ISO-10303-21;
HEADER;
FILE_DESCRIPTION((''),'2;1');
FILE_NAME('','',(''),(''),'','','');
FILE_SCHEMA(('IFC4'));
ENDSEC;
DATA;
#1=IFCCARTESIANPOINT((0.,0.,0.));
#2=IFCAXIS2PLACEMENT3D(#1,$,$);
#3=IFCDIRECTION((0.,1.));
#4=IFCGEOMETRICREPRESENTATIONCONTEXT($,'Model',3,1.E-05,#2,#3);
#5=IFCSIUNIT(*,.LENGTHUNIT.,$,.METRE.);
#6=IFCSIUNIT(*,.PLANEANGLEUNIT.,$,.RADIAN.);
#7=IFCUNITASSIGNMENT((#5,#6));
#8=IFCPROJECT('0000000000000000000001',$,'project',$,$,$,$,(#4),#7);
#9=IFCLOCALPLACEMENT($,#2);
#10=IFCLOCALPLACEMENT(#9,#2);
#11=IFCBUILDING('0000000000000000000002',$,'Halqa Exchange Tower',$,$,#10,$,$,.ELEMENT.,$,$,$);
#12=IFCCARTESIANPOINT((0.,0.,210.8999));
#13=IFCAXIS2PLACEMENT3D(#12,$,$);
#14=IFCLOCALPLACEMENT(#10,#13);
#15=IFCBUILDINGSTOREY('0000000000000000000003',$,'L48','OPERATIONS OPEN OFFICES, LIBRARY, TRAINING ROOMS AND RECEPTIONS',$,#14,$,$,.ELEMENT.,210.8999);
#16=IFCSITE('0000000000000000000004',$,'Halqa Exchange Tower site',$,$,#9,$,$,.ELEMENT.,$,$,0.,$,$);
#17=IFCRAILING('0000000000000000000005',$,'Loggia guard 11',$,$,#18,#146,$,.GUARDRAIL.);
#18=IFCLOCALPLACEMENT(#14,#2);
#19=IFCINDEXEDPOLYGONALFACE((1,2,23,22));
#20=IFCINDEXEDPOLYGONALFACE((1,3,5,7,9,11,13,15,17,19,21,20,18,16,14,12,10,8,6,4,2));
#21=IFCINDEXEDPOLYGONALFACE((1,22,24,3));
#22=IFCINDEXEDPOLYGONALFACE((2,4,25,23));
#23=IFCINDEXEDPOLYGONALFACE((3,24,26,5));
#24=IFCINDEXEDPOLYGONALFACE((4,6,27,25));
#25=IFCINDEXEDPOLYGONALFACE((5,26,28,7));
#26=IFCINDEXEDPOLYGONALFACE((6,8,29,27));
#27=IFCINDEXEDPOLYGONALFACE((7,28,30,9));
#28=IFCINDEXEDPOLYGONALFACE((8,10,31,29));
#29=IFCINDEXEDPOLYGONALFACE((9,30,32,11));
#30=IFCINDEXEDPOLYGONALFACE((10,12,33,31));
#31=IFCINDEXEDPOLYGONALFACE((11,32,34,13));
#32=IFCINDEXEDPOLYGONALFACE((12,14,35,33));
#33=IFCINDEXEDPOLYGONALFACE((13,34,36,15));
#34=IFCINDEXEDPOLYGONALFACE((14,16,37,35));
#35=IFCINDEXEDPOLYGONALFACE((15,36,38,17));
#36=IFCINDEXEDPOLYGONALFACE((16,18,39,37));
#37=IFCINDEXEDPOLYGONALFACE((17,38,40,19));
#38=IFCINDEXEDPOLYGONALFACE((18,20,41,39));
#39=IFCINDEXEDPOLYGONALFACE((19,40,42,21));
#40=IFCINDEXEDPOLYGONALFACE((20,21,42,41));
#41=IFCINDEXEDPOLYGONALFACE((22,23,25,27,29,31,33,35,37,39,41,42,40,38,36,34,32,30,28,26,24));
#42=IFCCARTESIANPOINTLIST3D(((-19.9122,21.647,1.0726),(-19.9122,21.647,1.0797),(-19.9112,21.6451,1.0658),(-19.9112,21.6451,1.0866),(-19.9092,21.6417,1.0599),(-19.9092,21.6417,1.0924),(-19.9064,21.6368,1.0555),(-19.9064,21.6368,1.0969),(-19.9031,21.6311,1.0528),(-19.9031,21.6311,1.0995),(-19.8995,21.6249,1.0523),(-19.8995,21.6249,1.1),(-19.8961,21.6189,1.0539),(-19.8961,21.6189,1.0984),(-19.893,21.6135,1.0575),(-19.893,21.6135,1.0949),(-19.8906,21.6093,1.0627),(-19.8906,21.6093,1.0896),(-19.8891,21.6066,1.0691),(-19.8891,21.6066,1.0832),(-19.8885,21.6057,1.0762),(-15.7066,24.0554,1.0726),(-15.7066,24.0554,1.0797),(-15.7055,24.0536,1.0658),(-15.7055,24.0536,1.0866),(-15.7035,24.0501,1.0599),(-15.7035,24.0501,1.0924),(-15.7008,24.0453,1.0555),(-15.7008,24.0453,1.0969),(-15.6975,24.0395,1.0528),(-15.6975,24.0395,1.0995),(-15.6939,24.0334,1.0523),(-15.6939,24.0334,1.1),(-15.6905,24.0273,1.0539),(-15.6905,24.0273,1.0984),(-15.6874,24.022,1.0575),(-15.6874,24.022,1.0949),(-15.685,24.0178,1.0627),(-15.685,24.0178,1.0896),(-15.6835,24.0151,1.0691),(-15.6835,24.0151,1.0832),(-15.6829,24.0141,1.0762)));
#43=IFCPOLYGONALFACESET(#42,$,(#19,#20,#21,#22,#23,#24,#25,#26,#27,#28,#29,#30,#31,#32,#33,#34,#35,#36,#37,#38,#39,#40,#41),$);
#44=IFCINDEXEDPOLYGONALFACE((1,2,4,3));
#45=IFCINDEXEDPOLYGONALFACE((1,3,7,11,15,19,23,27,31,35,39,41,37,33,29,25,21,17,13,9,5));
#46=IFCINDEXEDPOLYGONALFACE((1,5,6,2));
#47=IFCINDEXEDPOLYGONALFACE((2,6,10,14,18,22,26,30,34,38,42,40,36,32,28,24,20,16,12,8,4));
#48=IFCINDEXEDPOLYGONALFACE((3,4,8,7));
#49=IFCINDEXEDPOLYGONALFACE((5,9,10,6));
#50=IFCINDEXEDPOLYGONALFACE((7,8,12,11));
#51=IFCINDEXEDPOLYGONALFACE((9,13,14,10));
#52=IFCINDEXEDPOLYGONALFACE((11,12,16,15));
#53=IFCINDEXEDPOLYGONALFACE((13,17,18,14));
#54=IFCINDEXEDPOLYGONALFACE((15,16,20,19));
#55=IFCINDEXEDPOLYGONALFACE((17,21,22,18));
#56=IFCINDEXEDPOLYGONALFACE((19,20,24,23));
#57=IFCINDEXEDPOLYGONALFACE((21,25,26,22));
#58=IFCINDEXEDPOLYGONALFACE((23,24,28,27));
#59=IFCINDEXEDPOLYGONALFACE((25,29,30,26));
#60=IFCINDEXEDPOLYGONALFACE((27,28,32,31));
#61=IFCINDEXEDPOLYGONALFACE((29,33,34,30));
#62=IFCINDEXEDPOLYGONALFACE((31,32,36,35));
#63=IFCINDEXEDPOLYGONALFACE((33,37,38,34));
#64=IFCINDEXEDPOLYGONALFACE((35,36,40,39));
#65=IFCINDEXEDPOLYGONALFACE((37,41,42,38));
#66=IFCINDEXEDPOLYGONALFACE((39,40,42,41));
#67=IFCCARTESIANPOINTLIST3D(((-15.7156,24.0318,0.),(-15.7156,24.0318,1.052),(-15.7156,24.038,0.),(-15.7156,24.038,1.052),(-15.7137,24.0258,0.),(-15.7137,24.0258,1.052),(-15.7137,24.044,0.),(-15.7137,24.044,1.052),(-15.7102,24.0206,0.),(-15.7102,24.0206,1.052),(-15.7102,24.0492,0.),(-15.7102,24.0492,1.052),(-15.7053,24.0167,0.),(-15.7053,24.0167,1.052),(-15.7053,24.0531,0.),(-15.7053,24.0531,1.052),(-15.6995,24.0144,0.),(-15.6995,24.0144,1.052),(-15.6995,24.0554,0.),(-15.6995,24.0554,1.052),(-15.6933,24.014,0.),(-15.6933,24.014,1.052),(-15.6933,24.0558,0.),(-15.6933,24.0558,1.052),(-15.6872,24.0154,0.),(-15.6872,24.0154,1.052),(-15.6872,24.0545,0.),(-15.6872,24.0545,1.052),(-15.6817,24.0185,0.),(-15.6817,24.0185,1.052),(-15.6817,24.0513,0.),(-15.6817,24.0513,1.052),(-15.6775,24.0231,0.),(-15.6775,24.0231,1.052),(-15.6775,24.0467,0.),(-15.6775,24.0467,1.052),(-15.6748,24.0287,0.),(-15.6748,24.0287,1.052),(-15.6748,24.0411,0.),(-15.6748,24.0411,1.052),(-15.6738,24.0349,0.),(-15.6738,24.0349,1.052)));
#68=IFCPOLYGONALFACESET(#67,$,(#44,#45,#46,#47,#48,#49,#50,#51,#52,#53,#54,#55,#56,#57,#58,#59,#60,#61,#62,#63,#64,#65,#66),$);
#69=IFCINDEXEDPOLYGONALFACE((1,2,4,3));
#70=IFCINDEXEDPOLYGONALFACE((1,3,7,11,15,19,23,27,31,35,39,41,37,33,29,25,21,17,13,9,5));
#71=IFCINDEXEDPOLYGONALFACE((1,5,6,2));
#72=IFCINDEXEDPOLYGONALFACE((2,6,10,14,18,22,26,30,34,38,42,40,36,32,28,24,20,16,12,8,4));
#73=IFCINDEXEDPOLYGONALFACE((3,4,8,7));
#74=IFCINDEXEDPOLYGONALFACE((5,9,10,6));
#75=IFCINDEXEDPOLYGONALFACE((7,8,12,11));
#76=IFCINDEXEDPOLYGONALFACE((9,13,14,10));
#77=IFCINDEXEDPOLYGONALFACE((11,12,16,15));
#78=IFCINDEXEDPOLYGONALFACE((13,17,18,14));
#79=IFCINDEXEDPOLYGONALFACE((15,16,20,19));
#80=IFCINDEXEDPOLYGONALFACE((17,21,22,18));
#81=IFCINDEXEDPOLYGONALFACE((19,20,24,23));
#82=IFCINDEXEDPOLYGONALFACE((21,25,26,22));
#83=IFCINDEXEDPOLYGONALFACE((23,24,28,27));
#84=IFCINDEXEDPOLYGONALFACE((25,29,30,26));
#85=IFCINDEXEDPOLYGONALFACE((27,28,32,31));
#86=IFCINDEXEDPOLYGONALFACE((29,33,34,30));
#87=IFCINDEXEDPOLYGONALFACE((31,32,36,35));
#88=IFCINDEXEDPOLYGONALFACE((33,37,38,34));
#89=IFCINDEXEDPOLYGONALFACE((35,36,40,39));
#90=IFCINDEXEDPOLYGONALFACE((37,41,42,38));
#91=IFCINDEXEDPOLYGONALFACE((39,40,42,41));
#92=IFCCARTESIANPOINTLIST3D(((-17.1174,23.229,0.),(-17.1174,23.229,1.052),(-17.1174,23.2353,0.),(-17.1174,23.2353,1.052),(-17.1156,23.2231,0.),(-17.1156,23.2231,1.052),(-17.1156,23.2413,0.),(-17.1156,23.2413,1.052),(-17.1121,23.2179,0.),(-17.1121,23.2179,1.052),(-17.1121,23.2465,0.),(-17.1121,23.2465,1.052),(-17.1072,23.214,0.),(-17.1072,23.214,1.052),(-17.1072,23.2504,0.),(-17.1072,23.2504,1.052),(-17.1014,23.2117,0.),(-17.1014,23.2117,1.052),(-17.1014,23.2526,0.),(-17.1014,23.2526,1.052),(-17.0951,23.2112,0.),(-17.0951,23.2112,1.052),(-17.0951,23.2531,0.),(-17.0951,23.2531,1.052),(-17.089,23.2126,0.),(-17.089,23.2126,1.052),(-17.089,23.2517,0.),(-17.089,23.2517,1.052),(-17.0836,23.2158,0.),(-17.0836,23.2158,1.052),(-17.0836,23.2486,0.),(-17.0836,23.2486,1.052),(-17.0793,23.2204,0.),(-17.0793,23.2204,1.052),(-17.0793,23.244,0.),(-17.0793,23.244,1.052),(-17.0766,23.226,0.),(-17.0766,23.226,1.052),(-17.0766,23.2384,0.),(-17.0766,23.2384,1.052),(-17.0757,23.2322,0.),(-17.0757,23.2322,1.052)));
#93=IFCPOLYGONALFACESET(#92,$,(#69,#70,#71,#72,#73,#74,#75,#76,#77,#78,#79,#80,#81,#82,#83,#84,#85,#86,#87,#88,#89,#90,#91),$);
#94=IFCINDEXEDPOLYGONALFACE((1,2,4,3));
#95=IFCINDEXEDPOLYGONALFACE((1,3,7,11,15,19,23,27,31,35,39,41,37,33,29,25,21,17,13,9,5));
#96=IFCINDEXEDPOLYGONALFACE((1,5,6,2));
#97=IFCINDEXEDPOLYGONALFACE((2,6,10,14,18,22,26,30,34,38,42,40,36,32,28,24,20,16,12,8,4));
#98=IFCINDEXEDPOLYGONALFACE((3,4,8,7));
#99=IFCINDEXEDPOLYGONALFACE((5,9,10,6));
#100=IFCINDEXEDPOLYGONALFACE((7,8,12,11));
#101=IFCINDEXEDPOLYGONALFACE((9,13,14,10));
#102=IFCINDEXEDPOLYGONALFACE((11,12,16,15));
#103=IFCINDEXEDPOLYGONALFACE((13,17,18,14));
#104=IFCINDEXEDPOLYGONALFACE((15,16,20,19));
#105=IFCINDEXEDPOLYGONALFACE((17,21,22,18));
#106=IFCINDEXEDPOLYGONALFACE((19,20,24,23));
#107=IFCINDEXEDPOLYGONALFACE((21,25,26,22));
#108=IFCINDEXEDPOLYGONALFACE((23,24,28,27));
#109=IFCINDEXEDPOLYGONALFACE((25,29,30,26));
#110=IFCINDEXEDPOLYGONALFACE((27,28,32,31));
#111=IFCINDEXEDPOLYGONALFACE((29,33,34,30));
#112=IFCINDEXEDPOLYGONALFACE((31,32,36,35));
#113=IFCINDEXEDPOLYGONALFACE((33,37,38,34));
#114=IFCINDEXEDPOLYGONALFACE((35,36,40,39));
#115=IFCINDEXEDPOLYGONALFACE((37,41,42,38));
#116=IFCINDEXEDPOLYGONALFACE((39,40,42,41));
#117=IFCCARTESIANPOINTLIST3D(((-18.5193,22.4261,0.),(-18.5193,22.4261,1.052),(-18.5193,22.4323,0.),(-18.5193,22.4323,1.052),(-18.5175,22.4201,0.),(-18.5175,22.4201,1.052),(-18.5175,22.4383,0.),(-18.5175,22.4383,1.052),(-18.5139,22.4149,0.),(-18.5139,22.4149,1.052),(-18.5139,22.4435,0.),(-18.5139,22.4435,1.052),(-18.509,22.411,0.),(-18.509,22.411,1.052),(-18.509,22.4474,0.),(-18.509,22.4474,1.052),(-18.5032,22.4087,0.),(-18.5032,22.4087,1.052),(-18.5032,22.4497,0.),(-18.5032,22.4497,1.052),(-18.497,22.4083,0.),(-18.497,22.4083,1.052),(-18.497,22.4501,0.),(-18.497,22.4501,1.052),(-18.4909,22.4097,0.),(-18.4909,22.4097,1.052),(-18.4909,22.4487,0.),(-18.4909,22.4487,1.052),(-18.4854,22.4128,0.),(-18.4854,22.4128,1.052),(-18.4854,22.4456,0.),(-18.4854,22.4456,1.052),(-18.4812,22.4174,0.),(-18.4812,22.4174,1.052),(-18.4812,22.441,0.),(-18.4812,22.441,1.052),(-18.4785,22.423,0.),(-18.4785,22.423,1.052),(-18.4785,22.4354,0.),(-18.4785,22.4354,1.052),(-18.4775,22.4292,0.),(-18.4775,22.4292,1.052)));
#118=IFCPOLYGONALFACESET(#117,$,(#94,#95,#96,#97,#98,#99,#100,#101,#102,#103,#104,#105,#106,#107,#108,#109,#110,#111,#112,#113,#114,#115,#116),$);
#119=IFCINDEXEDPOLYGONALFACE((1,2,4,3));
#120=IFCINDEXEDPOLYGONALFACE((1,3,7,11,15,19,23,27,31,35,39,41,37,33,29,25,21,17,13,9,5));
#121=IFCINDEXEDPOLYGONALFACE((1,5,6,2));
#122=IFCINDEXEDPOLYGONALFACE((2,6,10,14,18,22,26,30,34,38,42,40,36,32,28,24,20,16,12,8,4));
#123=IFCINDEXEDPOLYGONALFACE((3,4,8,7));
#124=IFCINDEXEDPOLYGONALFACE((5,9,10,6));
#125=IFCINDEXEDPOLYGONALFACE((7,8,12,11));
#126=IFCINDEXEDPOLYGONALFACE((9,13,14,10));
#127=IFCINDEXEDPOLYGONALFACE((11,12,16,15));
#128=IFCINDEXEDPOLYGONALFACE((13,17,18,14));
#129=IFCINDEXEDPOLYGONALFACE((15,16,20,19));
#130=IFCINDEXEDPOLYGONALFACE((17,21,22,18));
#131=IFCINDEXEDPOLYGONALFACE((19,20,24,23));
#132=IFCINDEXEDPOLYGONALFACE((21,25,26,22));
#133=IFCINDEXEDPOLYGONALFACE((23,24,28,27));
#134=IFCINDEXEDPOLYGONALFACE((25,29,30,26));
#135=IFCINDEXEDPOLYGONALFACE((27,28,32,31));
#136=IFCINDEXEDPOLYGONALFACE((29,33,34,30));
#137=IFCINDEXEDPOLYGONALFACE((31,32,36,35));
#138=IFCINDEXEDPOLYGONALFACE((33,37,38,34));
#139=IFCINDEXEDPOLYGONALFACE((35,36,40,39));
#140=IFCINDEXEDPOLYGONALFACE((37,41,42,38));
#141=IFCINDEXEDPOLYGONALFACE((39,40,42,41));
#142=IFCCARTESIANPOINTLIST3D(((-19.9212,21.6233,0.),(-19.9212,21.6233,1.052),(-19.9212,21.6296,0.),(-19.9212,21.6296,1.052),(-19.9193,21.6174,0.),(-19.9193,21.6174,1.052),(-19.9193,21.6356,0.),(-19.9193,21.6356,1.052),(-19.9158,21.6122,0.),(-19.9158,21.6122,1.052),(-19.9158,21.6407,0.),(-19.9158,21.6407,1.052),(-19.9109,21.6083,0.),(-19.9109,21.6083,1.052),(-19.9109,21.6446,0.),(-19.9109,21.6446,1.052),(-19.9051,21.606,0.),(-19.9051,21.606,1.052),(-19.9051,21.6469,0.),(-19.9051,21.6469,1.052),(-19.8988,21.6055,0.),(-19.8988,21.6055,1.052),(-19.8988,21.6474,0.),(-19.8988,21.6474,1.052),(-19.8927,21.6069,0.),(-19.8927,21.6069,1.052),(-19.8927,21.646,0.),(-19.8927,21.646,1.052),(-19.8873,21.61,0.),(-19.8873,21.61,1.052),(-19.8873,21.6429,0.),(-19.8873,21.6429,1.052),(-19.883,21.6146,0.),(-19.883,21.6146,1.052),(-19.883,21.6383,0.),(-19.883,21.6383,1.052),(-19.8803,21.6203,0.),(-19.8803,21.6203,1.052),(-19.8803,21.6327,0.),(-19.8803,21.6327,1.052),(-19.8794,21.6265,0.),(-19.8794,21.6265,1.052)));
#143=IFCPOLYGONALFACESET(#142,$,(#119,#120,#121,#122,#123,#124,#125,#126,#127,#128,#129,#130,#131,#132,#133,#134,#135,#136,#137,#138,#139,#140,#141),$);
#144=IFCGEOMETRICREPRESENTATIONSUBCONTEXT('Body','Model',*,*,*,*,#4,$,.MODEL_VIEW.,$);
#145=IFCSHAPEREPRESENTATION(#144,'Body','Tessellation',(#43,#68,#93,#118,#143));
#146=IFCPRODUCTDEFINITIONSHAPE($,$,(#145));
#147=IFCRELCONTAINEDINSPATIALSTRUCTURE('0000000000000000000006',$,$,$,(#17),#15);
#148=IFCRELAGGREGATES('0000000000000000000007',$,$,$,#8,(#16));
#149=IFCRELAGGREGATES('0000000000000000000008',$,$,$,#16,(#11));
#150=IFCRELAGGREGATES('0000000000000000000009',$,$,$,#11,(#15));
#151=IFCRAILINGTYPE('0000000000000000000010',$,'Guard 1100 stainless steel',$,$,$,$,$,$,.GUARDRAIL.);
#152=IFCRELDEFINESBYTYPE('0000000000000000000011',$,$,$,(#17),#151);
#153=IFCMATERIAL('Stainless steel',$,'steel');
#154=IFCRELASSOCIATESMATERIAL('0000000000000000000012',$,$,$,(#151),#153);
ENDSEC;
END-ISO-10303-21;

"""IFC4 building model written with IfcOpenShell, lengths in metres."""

from ifc_helpers import new_model, si_unit, direction, frame, origin, origin_2d, place, context, subcontext, project, spatial, circle, extrude, material, type_object, element, save


model = new_model("IFC4")

# Units and contexts
model_context = context("Model", 3, precision=1e-05, world=origin(), true_north=direction((0.0, 1.0)))
body_context = subcontext(model_context, "Body", "Model", "MODEL_VIEW")
ifc_project = project(units=[si_unit("LENGTHUNIT", "METRE"), si_unit("PLANEANGLEUNIT", "RADIAN")], contexts=[model_context])

# Site, building, storey
site_placement = place(None, origin())
site = spatial("IfcSite", under=ifc_project, at=site_placement, Name="Halqa Exchange Tower site", CompositionType="ELEMENT", RefElevation=0.0)
building_placement = place(site_placement, origin())
building = spatial("IfcBuilding", under=site, at=building_placement, Name="Halqa Exchange Tower", CompositionType="ELEMENT")
storey_placement = place(building_placement, frame((0.0, 0.0, 210.8999)))
storey = spatial("IfcBuildingStorey", under=building, at=storey_placement, Name="L48", Description="OPERATIONS OPEN OFFICES, LIBRARY, TRAINING ROOMS AND RECEPTIONS", CompositionType="ELEMENT", Elevation=210.8999)

# Railing
ifc_material_1 = material(Name="Stainless steel", Category="steel")
railing_type = type_object("IfcRailingType", Name="Guard 1100 stainless steel", PredefinedType="GUARDRAIL", material=ifc_material_1)
railing_1_placement = place(storey_placement, frame((-15.6948, 24.0349, 0.0)))
element("IfcRailing", 1, at=railing_1_placement, inside=storey, type_object=railing_type, Name="Loggia guard 11", PredefinedType="GUARDRAIL", context=body_context, shape_type="SweptSolid", body=[
    extrude(circle(Radius=0.0239, at=origin_2d()), frame((0.0, 0.0, 1.0762), z_axis=(-0.867775, -0.496958, 0.0), x_axis=(0.496958, -0.867775, 0.0)), (0.0, 0.0, 1.0), 4.8464),
    extrude(circle(Radius=0.021, at=origin_2d()), origin(), (0.0, 0.0, 1.0), 1.052),
    extrude(circle(Radius=0.021, at=origin_2d()), frame((-1.4019, -0.8027, 0.0)), (0.0, 0.0, 1.0), 1.052),
    extrude(circle(Radius=0.021, at=origin_2d()), frame((-2.8037, -1.6057, 0.0)), (0.0, 0.0, 1.0), 1.052),
    extrude(circle(Radius=0.021, at=origin_2d()), frame((-4.2056, -2.4084, 0.0)), (0.0, 0.0, 1.0), 1.052),
])

save(model, "model.ifc")
